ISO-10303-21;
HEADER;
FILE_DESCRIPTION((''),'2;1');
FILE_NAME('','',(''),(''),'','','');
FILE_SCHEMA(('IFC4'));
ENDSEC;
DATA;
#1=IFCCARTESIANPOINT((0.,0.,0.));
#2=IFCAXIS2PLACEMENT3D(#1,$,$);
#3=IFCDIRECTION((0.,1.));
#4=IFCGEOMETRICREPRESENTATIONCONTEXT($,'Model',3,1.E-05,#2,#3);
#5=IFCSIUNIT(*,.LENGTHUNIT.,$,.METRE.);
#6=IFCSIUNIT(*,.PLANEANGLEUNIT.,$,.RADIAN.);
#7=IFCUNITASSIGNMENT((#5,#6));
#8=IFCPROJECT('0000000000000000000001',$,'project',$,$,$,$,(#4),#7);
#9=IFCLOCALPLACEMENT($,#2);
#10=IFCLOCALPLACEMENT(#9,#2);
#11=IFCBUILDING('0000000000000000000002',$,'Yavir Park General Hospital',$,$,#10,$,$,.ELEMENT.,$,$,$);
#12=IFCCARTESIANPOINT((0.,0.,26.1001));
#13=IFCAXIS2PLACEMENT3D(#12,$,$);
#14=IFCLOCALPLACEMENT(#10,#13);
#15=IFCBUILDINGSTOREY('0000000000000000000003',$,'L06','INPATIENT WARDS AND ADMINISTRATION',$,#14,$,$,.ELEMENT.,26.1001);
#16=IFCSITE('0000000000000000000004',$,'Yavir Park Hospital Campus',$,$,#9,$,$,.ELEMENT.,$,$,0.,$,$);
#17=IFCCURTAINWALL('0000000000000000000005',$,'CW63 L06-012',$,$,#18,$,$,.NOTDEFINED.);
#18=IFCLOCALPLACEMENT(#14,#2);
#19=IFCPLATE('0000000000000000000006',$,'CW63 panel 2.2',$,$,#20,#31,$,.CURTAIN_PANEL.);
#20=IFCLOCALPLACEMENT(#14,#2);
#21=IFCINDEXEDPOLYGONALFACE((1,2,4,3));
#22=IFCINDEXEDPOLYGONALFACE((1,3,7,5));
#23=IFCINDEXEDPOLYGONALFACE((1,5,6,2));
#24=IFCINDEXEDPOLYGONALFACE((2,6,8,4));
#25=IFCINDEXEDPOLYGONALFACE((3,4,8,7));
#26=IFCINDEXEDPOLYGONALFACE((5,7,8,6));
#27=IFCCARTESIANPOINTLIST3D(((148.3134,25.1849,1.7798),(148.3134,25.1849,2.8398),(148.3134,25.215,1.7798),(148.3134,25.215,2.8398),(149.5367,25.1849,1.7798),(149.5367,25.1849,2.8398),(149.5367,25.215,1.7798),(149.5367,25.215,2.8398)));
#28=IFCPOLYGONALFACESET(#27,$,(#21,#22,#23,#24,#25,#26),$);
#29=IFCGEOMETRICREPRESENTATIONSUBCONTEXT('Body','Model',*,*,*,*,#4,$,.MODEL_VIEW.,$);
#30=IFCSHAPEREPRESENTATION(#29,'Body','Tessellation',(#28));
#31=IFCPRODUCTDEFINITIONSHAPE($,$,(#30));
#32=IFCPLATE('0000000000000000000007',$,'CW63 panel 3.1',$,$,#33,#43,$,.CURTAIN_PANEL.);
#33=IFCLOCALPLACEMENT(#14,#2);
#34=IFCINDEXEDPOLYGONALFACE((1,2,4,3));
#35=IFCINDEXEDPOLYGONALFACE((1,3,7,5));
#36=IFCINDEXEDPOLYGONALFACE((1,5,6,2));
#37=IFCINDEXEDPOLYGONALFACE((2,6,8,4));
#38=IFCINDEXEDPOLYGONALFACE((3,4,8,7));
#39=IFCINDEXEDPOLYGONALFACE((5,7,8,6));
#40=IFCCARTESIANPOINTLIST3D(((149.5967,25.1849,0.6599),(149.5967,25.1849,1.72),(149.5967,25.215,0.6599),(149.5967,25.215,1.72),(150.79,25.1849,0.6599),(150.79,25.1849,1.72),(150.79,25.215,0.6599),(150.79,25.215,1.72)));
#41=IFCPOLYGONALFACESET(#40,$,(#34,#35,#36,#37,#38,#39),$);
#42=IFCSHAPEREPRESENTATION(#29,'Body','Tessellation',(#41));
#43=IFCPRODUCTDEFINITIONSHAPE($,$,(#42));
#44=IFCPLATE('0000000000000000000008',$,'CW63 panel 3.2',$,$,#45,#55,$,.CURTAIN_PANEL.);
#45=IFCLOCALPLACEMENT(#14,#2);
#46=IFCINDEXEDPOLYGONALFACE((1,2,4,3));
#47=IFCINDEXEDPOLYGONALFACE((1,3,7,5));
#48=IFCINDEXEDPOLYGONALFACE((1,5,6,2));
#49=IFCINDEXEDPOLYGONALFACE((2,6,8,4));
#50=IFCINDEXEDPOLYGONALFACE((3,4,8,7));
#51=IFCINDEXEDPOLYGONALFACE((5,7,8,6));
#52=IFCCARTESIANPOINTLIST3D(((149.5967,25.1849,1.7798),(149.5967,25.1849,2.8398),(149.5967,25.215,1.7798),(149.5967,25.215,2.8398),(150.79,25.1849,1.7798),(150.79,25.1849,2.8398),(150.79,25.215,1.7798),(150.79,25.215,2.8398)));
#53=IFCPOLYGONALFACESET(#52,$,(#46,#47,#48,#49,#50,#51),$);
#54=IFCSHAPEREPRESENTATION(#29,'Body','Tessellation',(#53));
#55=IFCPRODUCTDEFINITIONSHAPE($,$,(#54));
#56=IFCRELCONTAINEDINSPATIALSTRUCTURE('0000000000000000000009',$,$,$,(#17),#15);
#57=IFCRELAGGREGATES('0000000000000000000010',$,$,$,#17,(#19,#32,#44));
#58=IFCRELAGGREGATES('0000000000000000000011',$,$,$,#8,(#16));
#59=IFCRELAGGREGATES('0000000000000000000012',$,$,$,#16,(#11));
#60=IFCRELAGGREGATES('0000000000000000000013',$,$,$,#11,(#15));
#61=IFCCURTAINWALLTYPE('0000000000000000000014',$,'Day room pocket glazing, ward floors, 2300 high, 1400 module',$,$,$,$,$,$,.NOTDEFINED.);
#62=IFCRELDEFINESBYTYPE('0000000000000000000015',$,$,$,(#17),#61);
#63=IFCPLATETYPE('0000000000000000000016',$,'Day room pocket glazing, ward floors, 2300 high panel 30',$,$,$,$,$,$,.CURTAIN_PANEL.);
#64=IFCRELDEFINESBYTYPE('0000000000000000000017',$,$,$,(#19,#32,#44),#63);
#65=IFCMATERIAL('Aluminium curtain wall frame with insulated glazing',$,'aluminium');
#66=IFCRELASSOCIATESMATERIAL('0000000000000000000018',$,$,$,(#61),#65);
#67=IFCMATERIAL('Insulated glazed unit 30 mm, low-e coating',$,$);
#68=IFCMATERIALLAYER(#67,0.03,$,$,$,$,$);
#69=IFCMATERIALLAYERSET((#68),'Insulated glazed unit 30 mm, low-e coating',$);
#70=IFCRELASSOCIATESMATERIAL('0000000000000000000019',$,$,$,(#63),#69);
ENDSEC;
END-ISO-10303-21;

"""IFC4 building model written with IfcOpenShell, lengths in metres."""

from ifc_helpers import new_model, si_unit, direction, frame, origin, origin_2d, place, context, subcontext, project, spatial, rectangle, extrude, material, layer, layer_set, type_object, element, aggregate, save


model = new_model("IFC4")

# Units and contexts
model_context = context("Model", 3, precision=1e-05, world=origin(), true_north=direction((0.0, 1.0)))
body_context = subcontext(model_context, "Body", "Model", "MODEL_VIEW")
ifc_project = project(units=[si_unit("LENGTHUNIT", "METRE"), si_unit("PLANEANGLEUNIT", "RADIAN")], contexts=[model_context])

# Site, building, storey
site_placement = place(None, origin())
site = spatial("IfcSite", under=ifc_project, at=site_placement, Name="Yavir Park Hospital Campus", CompositionType="ELEMENT", RefElevation=0.0)
building_placement = place(site_placement, origin())
building = spatial("IfcBuilding", under=site, at=building_placement, Name="Yavir Park General Hospital", CompositionType="ELEMENT")
storey_placement = place(building_placement, frame((0.0, 0.0, 26.1001)))
storey = spatial("IfcBuildingStorey", under=building, at=storey_placement, Name="L06", Description="INPATIENT WARDS AND ADMINISTRATION", CompositionType="ELEMENT", Elevation=26.1001)

# Curtain wall, plates
ifc_material_1 = material(Name="Aluminium curtain wall frame with insulated glazing", Category="aluminium")
curtain_wall_type = type_object("IfcCurtainWallType", Name="Day room pocket glazing, ward floors, 2300 high, 1400 module", PredefinedType="NOTDEFINED", material=ifc_material_1)
curtain_wall_placement = place(storey_placement, origin())
curtain_wall = element("IfcCurtainWall", 1, at=curtain_wall_placement, inside=storey, type_object=curtain_wall_type, Name="CW63 L06-012", PredefinedType="NOTDEFINED")
ifc_material_2 = material(Name="Insulated glazed unit 30 mm, low-e coating")
ifc_layer = layer(ifc_material_2, 0.03)
ifc_layer_set = layer_set([ifc_layer], Name="Insulated glazed unit 30 mm, low-e coating")
plate_type = type_object("IfcPlateType", Name="Day room pocket glazing, ward floors, 2300 high panel 30", PredefinedType="CURTAIN_PANEL", material=ifc_layer_set)
plate_1_placement = place(storey_placement, frame((148.925, 25.2, 1.7798), z_axis=(0.0, 0.0, 1.0), x_axis=(1.0, 0.0, 0.0)))
plate_1 = element("IfcPlate", 2, at=plate_1_placement, type_object=plate_type, Name="CW63 panel 2.2", PredefinedType="CURTAIN_PANEL", context=body_context, shape_type="SweptSolid", body=[
    extrude(rectangle(XDim=1.2234, YDim=0.03, at=origin_2d()), origin(), (0.0, 0.0, 1.0), 1.0601),
])
plate_2_placement = place(storey_placement, frame((150.1934, 25.2, 0.6599), z_axis=(0.0, 0.0, 1.0), x_axis=(1.0, 0.0, 0.0)))
plate_2 = element("IfcPlate", 3, at=plate_2_placement, type_object=plate_type, Name="CW63 panel 3.1", PredefinedType="CURTAIN_PANEL", context=body_context, shape_type="SweptSolid", body=[
    extrude(rectangle(XDim=1.1934, YDim=0.03, at=origin_2d()), origin(), (0.0, 0.0, 1.0), 1.0601),
])
plate_3_placement = place(storey_placement, frame((150.1934, 25.2, 1.7798), z_axis=(0.0, 0.0, 1.0), x_axis=(1.0, 0.0, 0.0)))
plate_3 = element("IfcPlate", 4, at=plate_3_placement, type_object=plate_type, Name="CW63 panel 3.2", PredefinedType="CURTAIN_PANEL", context=body_context, shape_type="SweptSolid", body=[
    extrude(rectangle(XDim=1.1934, YDim=0.03, at=origin_2d()), origin(), (0.0, 0.0, 1.0), 1.0601),
])
aggregate(curtain_wall, [plate_1, plate_2, plate_3])

save(model, "model.ifc")
